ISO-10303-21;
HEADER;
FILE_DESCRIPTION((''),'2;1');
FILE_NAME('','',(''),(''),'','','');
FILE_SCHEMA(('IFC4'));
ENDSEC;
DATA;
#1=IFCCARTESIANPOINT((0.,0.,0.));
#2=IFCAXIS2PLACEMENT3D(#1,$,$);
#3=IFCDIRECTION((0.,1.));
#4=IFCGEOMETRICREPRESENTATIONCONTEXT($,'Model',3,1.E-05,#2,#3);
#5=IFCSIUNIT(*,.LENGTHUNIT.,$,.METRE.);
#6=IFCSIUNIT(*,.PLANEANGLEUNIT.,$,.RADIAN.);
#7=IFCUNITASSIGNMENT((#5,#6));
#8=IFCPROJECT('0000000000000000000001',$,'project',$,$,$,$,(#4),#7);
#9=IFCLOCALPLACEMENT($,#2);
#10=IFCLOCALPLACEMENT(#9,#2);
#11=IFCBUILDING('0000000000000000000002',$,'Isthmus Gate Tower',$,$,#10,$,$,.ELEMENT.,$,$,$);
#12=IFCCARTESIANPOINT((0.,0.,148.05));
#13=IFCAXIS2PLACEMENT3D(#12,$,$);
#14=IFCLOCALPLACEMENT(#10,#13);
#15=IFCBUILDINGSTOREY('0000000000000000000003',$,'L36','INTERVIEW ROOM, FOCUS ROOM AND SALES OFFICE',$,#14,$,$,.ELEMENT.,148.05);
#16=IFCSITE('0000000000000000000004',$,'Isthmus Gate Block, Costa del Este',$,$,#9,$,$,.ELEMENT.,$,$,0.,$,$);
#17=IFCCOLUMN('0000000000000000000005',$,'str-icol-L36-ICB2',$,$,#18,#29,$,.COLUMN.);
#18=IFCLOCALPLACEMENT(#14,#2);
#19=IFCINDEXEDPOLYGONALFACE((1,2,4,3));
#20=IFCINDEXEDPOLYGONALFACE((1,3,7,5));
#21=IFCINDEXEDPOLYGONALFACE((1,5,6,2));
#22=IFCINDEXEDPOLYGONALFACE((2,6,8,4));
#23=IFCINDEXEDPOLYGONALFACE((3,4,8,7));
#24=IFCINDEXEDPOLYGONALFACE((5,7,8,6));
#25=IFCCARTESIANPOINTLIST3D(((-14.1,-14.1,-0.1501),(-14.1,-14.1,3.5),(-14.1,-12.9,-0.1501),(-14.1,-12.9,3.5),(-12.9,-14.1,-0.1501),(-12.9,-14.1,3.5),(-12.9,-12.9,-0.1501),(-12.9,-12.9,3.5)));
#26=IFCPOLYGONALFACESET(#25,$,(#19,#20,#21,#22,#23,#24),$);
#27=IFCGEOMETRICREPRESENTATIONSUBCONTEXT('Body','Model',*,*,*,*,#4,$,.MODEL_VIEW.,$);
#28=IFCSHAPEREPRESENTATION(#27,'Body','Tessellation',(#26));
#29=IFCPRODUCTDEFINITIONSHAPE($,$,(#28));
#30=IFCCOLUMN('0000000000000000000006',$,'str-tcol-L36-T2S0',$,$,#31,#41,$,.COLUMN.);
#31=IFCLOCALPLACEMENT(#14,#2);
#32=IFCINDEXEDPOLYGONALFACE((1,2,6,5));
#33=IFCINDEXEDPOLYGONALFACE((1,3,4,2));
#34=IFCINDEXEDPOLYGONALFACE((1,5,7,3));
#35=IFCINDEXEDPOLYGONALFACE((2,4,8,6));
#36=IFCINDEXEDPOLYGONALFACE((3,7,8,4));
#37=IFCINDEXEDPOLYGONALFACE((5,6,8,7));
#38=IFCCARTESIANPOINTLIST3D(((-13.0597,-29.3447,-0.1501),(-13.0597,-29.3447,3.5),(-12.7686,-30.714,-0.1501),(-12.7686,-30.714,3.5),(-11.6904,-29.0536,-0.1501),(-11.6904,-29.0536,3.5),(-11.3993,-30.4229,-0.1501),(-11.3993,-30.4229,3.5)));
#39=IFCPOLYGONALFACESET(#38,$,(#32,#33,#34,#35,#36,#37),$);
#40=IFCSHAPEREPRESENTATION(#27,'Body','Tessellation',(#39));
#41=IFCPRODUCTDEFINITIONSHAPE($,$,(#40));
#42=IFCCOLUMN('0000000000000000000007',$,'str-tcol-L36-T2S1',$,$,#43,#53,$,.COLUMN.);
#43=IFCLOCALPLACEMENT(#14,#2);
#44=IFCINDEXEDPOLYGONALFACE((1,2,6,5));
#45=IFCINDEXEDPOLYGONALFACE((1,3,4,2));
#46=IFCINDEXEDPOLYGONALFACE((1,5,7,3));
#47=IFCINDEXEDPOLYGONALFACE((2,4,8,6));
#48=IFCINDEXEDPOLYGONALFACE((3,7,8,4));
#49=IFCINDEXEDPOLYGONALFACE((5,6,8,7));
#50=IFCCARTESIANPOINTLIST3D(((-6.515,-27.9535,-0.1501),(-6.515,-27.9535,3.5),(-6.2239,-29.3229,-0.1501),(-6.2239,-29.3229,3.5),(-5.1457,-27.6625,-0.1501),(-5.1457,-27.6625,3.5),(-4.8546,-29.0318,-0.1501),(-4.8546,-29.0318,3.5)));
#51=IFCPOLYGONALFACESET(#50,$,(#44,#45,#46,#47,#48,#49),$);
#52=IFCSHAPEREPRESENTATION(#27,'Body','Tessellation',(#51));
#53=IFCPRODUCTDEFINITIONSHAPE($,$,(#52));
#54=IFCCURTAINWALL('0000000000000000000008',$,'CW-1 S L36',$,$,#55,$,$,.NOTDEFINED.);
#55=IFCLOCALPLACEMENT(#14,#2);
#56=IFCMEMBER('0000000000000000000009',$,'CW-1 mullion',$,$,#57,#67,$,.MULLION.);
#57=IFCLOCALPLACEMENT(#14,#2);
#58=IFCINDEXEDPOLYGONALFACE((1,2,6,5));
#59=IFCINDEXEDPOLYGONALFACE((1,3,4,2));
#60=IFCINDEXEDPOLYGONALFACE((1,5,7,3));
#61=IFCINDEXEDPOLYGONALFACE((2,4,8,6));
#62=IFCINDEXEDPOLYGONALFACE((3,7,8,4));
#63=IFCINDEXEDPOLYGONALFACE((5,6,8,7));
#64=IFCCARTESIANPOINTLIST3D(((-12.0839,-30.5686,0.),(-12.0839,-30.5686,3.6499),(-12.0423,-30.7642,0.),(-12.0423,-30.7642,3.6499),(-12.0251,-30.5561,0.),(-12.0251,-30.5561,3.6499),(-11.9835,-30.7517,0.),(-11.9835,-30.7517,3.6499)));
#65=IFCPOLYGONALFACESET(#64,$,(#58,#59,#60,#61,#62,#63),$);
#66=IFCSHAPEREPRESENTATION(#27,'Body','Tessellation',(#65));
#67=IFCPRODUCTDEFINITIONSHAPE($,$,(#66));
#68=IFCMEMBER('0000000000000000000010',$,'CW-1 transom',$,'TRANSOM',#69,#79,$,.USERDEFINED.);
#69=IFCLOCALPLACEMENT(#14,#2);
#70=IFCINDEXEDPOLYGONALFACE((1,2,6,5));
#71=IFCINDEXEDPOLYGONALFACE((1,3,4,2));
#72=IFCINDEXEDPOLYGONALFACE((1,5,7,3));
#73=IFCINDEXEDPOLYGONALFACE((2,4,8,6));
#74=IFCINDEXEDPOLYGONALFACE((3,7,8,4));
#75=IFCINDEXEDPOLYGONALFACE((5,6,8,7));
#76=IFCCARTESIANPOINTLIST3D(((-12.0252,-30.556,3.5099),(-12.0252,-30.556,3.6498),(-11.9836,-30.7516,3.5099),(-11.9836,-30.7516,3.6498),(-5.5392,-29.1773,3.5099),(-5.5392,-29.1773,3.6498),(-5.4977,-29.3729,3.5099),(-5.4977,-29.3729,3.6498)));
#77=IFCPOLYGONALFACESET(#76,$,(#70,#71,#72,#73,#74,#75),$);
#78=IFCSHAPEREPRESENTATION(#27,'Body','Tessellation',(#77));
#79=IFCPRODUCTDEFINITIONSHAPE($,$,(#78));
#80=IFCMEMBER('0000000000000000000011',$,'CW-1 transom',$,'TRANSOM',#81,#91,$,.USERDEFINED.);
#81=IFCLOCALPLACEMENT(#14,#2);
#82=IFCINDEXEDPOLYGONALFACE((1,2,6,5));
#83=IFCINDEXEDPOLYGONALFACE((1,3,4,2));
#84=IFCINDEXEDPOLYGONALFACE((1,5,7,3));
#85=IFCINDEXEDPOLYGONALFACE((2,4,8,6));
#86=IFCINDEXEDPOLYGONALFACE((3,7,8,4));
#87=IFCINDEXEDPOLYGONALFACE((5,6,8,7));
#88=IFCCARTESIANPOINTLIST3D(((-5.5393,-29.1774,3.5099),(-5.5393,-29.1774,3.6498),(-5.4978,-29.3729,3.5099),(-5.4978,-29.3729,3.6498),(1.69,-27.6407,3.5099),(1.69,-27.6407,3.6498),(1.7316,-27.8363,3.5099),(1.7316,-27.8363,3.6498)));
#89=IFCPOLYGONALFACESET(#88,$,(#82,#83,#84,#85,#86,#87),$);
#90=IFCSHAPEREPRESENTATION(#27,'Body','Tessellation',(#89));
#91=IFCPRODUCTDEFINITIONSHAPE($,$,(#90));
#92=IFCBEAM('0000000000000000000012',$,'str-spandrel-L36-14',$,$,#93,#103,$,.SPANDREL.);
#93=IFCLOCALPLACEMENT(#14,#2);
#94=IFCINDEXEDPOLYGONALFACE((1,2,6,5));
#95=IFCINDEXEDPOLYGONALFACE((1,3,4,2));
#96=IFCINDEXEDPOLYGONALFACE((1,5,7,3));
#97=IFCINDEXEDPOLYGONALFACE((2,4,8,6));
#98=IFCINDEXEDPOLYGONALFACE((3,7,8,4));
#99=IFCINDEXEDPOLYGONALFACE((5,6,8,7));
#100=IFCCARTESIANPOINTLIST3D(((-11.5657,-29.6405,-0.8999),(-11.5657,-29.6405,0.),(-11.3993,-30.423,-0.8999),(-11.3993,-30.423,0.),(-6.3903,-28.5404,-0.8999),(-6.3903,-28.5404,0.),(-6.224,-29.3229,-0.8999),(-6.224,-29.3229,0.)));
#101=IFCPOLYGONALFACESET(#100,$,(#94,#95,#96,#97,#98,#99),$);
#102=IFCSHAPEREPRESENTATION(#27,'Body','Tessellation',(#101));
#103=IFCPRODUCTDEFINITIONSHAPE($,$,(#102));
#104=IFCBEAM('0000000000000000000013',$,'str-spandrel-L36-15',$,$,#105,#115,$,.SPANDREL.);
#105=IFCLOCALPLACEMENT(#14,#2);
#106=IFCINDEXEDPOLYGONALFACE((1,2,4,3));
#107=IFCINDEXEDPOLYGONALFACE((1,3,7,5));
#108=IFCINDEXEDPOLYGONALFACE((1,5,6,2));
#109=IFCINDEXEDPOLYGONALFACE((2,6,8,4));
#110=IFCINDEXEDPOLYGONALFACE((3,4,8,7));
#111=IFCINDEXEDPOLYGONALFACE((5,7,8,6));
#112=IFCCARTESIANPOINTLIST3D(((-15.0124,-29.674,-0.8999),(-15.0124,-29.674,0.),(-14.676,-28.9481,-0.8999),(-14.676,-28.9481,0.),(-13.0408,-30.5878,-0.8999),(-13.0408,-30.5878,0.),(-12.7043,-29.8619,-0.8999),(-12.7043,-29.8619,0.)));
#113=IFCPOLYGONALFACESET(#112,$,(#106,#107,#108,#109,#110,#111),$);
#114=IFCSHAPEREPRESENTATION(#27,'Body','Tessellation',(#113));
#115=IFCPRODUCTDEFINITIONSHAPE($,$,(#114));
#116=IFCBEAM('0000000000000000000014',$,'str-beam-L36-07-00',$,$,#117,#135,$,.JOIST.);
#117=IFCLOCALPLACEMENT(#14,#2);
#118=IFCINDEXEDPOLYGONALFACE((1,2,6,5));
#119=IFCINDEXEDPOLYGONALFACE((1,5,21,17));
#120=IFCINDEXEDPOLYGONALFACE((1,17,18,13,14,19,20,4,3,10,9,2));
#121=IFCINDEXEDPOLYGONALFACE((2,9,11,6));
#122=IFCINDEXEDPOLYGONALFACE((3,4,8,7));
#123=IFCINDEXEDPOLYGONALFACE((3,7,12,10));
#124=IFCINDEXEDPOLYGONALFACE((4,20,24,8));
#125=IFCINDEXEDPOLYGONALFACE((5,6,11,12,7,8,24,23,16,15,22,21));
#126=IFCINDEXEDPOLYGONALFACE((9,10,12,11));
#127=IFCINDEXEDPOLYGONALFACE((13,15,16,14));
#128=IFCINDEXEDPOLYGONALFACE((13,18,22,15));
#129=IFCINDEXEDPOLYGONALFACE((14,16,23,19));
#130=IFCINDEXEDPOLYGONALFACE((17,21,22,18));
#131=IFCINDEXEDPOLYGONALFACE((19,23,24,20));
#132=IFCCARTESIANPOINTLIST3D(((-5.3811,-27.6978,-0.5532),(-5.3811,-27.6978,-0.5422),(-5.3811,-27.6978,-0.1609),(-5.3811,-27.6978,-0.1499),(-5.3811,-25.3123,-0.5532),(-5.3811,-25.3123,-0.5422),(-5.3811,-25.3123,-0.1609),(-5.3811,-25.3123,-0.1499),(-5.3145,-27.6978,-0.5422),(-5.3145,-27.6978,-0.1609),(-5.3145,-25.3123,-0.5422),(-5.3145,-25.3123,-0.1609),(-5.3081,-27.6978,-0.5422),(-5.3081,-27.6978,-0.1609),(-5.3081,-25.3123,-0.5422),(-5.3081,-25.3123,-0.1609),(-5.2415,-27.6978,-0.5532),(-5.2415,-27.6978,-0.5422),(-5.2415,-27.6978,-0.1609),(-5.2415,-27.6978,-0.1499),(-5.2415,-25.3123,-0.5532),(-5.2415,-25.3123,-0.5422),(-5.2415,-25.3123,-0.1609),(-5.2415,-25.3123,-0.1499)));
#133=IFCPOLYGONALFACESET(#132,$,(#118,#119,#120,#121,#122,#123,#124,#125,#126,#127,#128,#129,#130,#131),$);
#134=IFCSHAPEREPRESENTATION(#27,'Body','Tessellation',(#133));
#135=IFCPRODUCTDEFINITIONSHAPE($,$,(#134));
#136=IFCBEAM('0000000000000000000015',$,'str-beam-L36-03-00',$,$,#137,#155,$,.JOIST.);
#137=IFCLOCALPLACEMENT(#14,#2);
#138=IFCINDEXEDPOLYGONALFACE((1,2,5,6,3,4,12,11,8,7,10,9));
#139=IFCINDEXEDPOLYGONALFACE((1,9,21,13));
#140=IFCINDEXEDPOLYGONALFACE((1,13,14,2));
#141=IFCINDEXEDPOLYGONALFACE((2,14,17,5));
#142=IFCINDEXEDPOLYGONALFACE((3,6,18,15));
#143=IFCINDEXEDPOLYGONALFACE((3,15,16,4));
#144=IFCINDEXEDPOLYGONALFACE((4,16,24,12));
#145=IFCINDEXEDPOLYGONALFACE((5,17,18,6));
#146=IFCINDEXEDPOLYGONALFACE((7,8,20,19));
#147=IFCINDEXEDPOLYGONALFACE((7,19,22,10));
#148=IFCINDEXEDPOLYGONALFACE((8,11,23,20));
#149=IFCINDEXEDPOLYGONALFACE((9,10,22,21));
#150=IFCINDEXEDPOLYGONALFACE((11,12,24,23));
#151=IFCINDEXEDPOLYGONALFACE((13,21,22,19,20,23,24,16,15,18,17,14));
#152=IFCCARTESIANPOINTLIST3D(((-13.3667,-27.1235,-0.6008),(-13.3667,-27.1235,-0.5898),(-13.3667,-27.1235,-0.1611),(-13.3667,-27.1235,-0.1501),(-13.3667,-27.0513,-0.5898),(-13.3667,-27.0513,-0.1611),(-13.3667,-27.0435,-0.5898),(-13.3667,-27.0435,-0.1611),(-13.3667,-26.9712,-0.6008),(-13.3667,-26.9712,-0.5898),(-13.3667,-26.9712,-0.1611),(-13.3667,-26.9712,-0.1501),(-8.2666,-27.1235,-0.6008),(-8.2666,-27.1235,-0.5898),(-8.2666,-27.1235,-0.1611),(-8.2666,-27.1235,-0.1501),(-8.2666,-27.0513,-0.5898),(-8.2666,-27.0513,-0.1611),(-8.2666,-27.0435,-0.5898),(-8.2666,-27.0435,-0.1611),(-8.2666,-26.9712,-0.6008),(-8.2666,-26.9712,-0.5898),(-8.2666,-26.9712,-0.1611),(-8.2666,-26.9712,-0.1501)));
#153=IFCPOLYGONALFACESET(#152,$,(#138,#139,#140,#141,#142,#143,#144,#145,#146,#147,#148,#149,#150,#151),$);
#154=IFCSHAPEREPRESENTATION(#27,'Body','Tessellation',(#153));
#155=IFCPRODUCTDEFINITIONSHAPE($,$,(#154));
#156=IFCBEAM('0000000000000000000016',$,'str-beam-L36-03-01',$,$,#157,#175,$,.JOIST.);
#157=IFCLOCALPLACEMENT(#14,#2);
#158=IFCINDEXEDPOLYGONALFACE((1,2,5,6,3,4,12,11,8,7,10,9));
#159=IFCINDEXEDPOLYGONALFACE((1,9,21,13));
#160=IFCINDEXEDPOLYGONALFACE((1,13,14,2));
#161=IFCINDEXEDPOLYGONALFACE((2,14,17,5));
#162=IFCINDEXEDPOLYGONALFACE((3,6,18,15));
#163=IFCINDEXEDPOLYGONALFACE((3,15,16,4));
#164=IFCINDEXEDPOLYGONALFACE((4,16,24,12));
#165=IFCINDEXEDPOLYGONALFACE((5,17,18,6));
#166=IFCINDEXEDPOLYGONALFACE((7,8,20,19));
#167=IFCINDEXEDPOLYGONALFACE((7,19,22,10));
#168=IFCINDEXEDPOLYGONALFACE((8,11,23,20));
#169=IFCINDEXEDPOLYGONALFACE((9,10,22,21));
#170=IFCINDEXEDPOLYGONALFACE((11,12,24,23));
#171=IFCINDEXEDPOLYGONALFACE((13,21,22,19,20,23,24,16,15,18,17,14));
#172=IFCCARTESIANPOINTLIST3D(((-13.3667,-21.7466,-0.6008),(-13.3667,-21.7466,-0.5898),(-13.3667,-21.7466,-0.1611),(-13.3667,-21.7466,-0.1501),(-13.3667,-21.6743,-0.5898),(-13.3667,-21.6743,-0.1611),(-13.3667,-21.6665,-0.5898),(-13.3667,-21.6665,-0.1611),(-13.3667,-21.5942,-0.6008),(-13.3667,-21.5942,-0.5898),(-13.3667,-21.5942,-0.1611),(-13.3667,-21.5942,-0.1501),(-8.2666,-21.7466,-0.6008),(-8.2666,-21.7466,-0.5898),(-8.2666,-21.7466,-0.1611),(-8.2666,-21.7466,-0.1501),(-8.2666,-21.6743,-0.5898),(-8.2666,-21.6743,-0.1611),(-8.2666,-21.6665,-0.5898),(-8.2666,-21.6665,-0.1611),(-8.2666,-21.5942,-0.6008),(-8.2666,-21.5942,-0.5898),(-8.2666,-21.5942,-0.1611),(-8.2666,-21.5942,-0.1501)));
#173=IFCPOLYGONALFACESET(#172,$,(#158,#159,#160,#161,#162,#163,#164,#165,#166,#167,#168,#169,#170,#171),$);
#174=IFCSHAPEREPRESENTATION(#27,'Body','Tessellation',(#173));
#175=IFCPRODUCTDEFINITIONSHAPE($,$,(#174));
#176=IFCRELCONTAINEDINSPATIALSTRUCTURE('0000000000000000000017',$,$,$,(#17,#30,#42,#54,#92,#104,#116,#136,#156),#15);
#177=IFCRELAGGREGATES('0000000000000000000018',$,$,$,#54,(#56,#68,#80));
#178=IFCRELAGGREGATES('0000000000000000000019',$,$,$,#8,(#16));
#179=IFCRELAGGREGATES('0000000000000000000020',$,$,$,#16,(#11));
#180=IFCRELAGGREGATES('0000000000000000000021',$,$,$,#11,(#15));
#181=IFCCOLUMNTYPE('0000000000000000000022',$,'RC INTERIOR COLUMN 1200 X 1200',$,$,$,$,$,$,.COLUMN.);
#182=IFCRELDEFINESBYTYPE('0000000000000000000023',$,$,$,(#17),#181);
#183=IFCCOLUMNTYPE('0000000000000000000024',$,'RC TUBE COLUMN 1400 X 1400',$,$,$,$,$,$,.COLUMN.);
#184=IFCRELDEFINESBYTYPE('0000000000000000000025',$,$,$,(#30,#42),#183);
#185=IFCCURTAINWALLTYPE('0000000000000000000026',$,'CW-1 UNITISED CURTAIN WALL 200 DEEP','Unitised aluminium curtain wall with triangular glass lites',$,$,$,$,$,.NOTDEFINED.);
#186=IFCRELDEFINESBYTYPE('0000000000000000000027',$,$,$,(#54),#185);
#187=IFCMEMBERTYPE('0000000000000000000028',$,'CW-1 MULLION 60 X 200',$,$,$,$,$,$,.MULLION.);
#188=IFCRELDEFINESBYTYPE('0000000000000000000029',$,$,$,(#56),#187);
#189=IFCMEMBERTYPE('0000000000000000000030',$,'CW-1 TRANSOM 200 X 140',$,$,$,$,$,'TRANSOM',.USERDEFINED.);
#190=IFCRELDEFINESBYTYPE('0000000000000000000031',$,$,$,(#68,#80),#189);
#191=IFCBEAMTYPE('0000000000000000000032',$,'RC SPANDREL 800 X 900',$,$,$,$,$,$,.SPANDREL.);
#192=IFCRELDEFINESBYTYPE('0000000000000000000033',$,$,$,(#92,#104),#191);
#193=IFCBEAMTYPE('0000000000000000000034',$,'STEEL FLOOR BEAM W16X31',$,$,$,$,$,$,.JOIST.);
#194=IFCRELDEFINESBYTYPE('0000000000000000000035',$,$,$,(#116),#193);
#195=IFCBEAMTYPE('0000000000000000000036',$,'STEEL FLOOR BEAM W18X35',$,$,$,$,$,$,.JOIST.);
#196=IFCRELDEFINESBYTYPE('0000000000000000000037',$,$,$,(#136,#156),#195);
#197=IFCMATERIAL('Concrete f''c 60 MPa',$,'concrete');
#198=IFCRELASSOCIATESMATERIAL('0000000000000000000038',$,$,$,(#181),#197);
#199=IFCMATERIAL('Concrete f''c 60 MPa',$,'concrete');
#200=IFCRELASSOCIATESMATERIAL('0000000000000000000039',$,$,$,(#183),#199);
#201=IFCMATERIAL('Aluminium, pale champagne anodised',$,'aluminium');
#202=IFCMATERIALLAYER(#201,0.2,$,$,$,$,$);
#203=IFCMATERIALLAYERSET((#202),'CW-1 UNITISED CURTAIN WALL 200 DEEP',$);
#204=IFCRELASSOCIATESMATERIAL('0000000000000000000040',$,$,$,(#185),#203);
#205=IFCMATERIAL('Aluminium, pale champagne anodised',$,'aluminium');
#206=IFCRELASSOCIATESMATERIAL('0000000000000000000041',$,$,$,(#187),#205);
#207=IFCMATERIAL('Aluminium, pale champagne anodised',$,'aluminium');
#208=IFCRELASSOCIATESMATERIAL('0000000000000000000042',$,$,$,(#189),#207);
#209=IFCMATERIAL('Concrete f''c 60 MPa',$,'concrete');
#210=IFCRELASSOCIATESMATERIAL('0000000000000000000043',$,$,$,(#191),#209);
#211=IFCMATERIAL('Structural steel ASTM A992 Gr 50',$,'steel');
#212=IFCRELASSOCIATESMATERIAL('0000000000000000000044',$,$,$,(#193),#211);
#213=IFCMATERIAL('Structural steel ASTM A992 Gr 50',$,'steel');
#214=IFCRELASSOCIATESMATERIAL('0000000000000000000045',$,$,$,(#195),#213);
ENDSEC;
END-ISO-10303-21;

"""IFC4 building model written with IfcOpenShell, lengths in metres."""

from ifc_helpers import new_model, si_unit, direction, frame, origin, origin_2d, place, context, subcontext, project, spatial, rectangle, i_section, extrude, material, layer, layer_set, material_profile, profile_set, type_object, element, aggregate, save


model = new_model("IFC4")

# Units and contexts
model_context = context("Model", 3, precision=1e-05, world=origin(), true_north=direction((0.0, 1.0)))
body_context = subcontext(model_context, "Body", "Model", "MODEL_VIEW")
ifc_project = project(units=[si_unit("LENGTHUNIT", "METRE"), si_unit("PLANEANGLEUNIT", "RADIAN")], contexts=[model_context])

# Site, building, storey
site_placement = place(None, origin())
site = spatial("IfcSite", under=ifc_project, at=site_placement, Name="Isthmus Gate Block, Costa del Este", CompositionType="ELEMENT", RefElevation=0.0)
building_placement = place(site_placement, origin())
building = spatial("IfcBuilding", under=site, at=building_placement, Name="Isthmus Gate Tower", CompositionType="ELEMENT")
storey_placement = place(building_placement, frame((0.0, 0.0, 148.05)))
storey = spatial("IfcBuildingStorey", under=building, at=storey_placement, Name="L36", Description="INTERVIEW ROOM, FOCUS ROOM AND SALES OFFICE", CompositionType="ELEMENT", Elevation=148.05)

# Columns
ifc_material_1 = material(Name="Concrete f'c 60 MPa", Category="concrete")
ifc_material_profile_1 = material_profile(ifc_material_1, rectangle(XDim=1.2, YDim=1.2, at=origin_2d()), Name="RC 1200X1200")
ifc_profile_set_1 = profile_set([ifc_material_profile_1], Name="Concrete f'c 60 MPa")
column_type_1 = type_object("IfcColumnType", Name="RC INTERIOR COLUMN 1200 X 1200", PredefinedType="COLUMN", material=ifc_profile_set_1)
column_placement = place(storey_placement, frame((-13.5, -13.5, -0.1501), z_axis=(0.0, 0.0, 1.0), x_axis=(1.0, 0.0, 0.0)))
element("IfcColumn", 1, at=column_placement, inside=storey, type_object=column_type_1, Name="str-icol-L36-ICB2", PredefinedType="COLUMN", context=body_context, shape_type="SweptSolid", body=[
    extrude(rectangle(XDim=1.2, YDim=1.2, at=origin_2d()), origin(), (0.0, 0.0, 1.0), 3.6501),
])
ifc_material_2 = material(Name="Concrete f'c 60 MPa", Category="concrete")
ifc_material_profile_2 = material_profile(ifc_material_2, rectangle(XDim=1.3999, YDim=1.3999, at=origin_2d()), Name="RC 1400X1400")
ifc_profile_set_2 = profile_set([ifc_material_profile_2], Name="Concrete f'c 60 MPa")
column_type_2 = type_object("IfcColumnType", Name="RC TUBE COLUMN 1400 X 1400", PredefinedType="COLUMN", material=ifc_profile_set_2)
for number, where, z_axis, x_axis, name in (
    (2, (-12.2295, -29.8838, -0.1501), (0.0, 0.0, 1.0), (0.978148, 0.207912, 0.0), "str-tcol-L36-T2S0"),
    (3, (-5.6848, -28.4927, -0.1501), (0.0, 0.0, 1.0), (0.978148, 0.207912, 0.0), "str-tcol-L36-T2S1"),
):
    element("IfcColumn", number, at=place(storey_placement, frame(where, z_axis=z_axis, x_axis=x_axis)), inside=storey, type_object=column_type_2, Name=name, PredefinedType="COLUMN", context=body_context, shape_type="SweptSolid", body=[
        extrude(rectangle(XDim=1.3999, YDim=1.3999, at=origin_2d()), origin(), (0.0, 0.0, 1.0), 3.6501),
    ])

# Curtain wall, members
ifc_material_3 = material(Name="Aluminium, pale champagne anodised", Category="aluminium")
ifc_layer_1 = layer(ifc_material_3, 0.2)
ifc_layer_set_1 = layer_set([ifc_layer_1], Name="CW-1 UNITISED CURTAIN WALL 200 DEEP")
curtain_wall_type = type_object("IfcCurtainWallType", Name="CW-1 UNITISED CURTAIN WALL 200 DEEP", Description="Unitised aluminium curtain wall with triangular glass lites", PredefinedType="NOTDEFINED", material=ifc_layer_set_1)
curtain_wall_1_placement = place(storey_placement, origin())
curtain_wall_1 = element("IfcCurtainWall", 4, at=curtain_wall_1_placement, inside=storey, type_object=curtain_wall_type, Name="CW-1 S L36", PredefinedType="NOTDEFINED")
ifc_material_4 = material(Name="Aluminium, pale champagne anodised", Category="aluminium")
ifc_material_profile_3 = material_profile(ifc_material_4, rectangle(XDim=0.0601, YDim=0.2, at=origin_2d()), Name="60x200")
ifc_profile_set_3 = profile_set([ifc_material_profile_3], Name="Aluminium, pale champagne anodised")
member_type_1 = type_object("IfcMemberType", Name="CW-1 MULLION 60 X 200", PredefinedType="MULLION", material=ifc_profile_set_3)
member_1_placement = place(storey_placement, frame((-12.0337, -30.6602, 0.0), z_axis=(0.0, 0.0, 1.0), x_axis=(0.978148, 0.207912, 0.0)))
member_1 = element("IfcMember", 5, at=member_1_placement, type_object=member_type_1, Name="CW-1 mullion", PredefinedType="MULLION", context=body_context, shape_type="SweptSolid", body=[
    extrude(rectangle(XDim=0.0601, YDim=0.2, at=origin_2d()), origin(), (0.0, 0.0, 1.0), 3.6499),
])
ifc_material_5 = material(Name="Aluminium, pale champagne anodised", Category="aluminium")
ifc_material_profile_4 = material_profile(ifc_material_5, rectangle(XDim=0.2, YDim=0.1399, at=origin_2d()), Name="200x140")
ifc_profile_set_4 = profile_set([ifc_material_profile_4], Name="Aluminium, pale champagne anodised")
member_type_2 = type_object("IfcMemberType", Name="CW-1 TRANSOM 200 X 140", ElementType="TRANSOM", PredefinedType="USERDEFINED", material=ifc_profile_set_4)
member_2_placement = place(storey_placement, frame((-12.0044, -30.6538, 3.5798), z_axis=(0.978146, 0.20792, 0.0), x_axis=(-0.20792, 0.978146, 0.0)))
member_2 = element("IfcMember", 6, at=member_2_placement, type_object=member_type_2, Name="CW-1 transom", ObjectType="TRANSOM", PredefinedType="USERDEFINED", context=body_context, shape_type="SweptSolid", body=[
    extrude(rectangle(XDim=0.2, YDim=0.1399, at=origin_2d()), origin(), (0.0, 0.0, 1.0), 6.6309),
])
member_3_placement = place(storey_placement, frame((-5.5186, -29.2751, 3.5798), z_axis=(0.978148, 0.207911, 0.0), x_axis=(-0.207911, 0.978148, 0.0)))
member_3 = element("IfcMember", 7, at=member_3_placement, type_object=member_type_2, Name="CW-1 transom", ObjectType="TRANSOM", PredefinedType="USERDEFINED", context=body_context, shape_type="SweptSolid", body=[
    extrude(rectangle(XDim=0.2, YDim=0.1399, at=origin_2d()), origin(), (0.0, 0.0, 1.0), 7.3909),
])

# Beams
ifc_material_6 = material(Name="Concrete f'c 60 MPa", Category="concrete")
ifc_material_profile_5 = material_profile(ifc_material_6, rectangle(XDim=0.8, YDim=0.8999, at=origin_2d()), Name="RC 800X900")
ifc_profile_set_5 = profile_set([ifc_material_profile_5], Name="Concrete f'c 60 MPa")
beam_type_1 = type_object("IfcBeamType", Name="RC SPANDREL 800 X 900", PredefinedType="SPANDREL", material=ifc_profile_set_5)
beam_1_placement = place(storey_placement, frame((-6.3071, -28.9316, -0.45), z_axis=(-0.978145, -0.207922, 0.0), x_axis=(0.207922, -0.978145, 0.0)))
element("IfcBeam", 8, at=beam_1_placement, inside=storey, type_object=beam_type_1, Name="str-spandrel-L36-14", PredefinedType="SPANDREL", context=body_context, shape_type="SweptSolid", body=[
    extrude(rectangle(XDim=0.8, YDim=0.8999, at=origin_2d()), origin(), (0.0, 0.0, 1.0), 5.291),
])
beam_2_placement = place(storey_placement, frame((-12.8726, -30.2249, -0.45), z_axis=(-0.907291, 0.420504, 0.0), x_axis=(-0.420504, -0.907291, 0.0)))
element("IfcBeam", 9, at=beam_2_placement, inside=storey, type_object=beam_type_1, Name="str-spandrel-L36-15", PredefinedType="SPANDREL", context=body_context, shape_type="SweptSolid", body=[
    extrude(rectangle(XDim=0.8, YDim=0.8999, at=origin_2d()), origin(), (0.0, 0.0, 1.0), 2.1731),
])
ifc_material_7 = material(Name="Structural steel ASTM A992 Gr 50", Category="steel")
ifc_material_profile_6 = material_profile(ifc_material_7, i_section(OverallWidth=0.1396, OverallDepth=0.4033, WebThickness=0.0063, FlangeThickness=0.011, at=origin_2d()), Name="W16X31")
ifc_profile_set_6 = profile_set([ifc_material_profile_6], Name="Structural steel ASTM A992 Gr 50")
beam_type_2 = type_object("IfcBeamType", Name="STEEL FLOOR BEAM W16X31", PredefinedType="JOIST", material=ifc_profile_set_6)
beam_3_placement = place(storey_placement, frame((-5.3113, -27.6978, -0.3516), z_axis=(0.0, 1.0, 0.0), x_axis=(-1.0, 0.0, 0.0)))
element("IfcBeam", 10, at=beam_3_placement, inside=storey, type_object=beam_type_2, Name="str-beam-L36-07-00", PredefinedType="JOIST", context=body_context, shape_type="SweptSolid", body=[
    extrude(i_section(OverallWidth=0.1396, OverallDepth=0.4033, WebThickness=0.0063, FlangeThickness=0.011, at=origin_2d()), origin(), (0.0, 0.0, 1.0), 2.3855),
])
ifc_material_8 = material(Name="Structural steel ASTM A992 Gr 50", Category="steel")
ifc_material_profile_7 = material_profile(ifc_material_8, i_section(OverallWidth=0.1523, OverallDepth=0.4507, WebThickness=0.0078, FlangeThickness=0.011, at=origin_2d()), Name="W18X35")
ifc_profile_set_7 = profile_set([ifc_material_profile_7], Name="Structural steel ASTM A992 Gr 50")
beam_type_3 = type_object("IfcBeamType", Name="STEEL FLOOR BEAM W18X35", PredefinedType="JOIST", material=ifc_profile_set_7)
for number, where, z_axis, x_axis, name in (
    (11, (-13.3667, -27.0474, -0.3755), (1.0, 0.0, 0.0), (0.0, 1.0, 0.0), "str-beam-L36-03-00"),
    (12, (-13.3667, -21.6704, -0.3755), (1.0, 0.0, 0.0), (0.0, 1.0, 0.0), "str-beam-L36-03-01"),
):
    element("IfcBeam", number, at=place(storey_placement, frame(where, z_axis=z_axis, x_axis=x_axis)), inside=storey, type_object=beam_type_3, Name=name, PredefinedType="JOIST", context=body_context, shape_type="SweptSolid", body=[
        extrude(i_section(OverallWidth=0.1523, OverallDepth=0.4507, WebThickness=0.0078, FlangeThickness=0.011, at=origin_2d()), origin(), (0.0, 0.0, 1.0), 5.1001),
    ])

aggregate(curtain_wall_1, [member_1, member_2, member_3])

save(model, "model.ifc")
